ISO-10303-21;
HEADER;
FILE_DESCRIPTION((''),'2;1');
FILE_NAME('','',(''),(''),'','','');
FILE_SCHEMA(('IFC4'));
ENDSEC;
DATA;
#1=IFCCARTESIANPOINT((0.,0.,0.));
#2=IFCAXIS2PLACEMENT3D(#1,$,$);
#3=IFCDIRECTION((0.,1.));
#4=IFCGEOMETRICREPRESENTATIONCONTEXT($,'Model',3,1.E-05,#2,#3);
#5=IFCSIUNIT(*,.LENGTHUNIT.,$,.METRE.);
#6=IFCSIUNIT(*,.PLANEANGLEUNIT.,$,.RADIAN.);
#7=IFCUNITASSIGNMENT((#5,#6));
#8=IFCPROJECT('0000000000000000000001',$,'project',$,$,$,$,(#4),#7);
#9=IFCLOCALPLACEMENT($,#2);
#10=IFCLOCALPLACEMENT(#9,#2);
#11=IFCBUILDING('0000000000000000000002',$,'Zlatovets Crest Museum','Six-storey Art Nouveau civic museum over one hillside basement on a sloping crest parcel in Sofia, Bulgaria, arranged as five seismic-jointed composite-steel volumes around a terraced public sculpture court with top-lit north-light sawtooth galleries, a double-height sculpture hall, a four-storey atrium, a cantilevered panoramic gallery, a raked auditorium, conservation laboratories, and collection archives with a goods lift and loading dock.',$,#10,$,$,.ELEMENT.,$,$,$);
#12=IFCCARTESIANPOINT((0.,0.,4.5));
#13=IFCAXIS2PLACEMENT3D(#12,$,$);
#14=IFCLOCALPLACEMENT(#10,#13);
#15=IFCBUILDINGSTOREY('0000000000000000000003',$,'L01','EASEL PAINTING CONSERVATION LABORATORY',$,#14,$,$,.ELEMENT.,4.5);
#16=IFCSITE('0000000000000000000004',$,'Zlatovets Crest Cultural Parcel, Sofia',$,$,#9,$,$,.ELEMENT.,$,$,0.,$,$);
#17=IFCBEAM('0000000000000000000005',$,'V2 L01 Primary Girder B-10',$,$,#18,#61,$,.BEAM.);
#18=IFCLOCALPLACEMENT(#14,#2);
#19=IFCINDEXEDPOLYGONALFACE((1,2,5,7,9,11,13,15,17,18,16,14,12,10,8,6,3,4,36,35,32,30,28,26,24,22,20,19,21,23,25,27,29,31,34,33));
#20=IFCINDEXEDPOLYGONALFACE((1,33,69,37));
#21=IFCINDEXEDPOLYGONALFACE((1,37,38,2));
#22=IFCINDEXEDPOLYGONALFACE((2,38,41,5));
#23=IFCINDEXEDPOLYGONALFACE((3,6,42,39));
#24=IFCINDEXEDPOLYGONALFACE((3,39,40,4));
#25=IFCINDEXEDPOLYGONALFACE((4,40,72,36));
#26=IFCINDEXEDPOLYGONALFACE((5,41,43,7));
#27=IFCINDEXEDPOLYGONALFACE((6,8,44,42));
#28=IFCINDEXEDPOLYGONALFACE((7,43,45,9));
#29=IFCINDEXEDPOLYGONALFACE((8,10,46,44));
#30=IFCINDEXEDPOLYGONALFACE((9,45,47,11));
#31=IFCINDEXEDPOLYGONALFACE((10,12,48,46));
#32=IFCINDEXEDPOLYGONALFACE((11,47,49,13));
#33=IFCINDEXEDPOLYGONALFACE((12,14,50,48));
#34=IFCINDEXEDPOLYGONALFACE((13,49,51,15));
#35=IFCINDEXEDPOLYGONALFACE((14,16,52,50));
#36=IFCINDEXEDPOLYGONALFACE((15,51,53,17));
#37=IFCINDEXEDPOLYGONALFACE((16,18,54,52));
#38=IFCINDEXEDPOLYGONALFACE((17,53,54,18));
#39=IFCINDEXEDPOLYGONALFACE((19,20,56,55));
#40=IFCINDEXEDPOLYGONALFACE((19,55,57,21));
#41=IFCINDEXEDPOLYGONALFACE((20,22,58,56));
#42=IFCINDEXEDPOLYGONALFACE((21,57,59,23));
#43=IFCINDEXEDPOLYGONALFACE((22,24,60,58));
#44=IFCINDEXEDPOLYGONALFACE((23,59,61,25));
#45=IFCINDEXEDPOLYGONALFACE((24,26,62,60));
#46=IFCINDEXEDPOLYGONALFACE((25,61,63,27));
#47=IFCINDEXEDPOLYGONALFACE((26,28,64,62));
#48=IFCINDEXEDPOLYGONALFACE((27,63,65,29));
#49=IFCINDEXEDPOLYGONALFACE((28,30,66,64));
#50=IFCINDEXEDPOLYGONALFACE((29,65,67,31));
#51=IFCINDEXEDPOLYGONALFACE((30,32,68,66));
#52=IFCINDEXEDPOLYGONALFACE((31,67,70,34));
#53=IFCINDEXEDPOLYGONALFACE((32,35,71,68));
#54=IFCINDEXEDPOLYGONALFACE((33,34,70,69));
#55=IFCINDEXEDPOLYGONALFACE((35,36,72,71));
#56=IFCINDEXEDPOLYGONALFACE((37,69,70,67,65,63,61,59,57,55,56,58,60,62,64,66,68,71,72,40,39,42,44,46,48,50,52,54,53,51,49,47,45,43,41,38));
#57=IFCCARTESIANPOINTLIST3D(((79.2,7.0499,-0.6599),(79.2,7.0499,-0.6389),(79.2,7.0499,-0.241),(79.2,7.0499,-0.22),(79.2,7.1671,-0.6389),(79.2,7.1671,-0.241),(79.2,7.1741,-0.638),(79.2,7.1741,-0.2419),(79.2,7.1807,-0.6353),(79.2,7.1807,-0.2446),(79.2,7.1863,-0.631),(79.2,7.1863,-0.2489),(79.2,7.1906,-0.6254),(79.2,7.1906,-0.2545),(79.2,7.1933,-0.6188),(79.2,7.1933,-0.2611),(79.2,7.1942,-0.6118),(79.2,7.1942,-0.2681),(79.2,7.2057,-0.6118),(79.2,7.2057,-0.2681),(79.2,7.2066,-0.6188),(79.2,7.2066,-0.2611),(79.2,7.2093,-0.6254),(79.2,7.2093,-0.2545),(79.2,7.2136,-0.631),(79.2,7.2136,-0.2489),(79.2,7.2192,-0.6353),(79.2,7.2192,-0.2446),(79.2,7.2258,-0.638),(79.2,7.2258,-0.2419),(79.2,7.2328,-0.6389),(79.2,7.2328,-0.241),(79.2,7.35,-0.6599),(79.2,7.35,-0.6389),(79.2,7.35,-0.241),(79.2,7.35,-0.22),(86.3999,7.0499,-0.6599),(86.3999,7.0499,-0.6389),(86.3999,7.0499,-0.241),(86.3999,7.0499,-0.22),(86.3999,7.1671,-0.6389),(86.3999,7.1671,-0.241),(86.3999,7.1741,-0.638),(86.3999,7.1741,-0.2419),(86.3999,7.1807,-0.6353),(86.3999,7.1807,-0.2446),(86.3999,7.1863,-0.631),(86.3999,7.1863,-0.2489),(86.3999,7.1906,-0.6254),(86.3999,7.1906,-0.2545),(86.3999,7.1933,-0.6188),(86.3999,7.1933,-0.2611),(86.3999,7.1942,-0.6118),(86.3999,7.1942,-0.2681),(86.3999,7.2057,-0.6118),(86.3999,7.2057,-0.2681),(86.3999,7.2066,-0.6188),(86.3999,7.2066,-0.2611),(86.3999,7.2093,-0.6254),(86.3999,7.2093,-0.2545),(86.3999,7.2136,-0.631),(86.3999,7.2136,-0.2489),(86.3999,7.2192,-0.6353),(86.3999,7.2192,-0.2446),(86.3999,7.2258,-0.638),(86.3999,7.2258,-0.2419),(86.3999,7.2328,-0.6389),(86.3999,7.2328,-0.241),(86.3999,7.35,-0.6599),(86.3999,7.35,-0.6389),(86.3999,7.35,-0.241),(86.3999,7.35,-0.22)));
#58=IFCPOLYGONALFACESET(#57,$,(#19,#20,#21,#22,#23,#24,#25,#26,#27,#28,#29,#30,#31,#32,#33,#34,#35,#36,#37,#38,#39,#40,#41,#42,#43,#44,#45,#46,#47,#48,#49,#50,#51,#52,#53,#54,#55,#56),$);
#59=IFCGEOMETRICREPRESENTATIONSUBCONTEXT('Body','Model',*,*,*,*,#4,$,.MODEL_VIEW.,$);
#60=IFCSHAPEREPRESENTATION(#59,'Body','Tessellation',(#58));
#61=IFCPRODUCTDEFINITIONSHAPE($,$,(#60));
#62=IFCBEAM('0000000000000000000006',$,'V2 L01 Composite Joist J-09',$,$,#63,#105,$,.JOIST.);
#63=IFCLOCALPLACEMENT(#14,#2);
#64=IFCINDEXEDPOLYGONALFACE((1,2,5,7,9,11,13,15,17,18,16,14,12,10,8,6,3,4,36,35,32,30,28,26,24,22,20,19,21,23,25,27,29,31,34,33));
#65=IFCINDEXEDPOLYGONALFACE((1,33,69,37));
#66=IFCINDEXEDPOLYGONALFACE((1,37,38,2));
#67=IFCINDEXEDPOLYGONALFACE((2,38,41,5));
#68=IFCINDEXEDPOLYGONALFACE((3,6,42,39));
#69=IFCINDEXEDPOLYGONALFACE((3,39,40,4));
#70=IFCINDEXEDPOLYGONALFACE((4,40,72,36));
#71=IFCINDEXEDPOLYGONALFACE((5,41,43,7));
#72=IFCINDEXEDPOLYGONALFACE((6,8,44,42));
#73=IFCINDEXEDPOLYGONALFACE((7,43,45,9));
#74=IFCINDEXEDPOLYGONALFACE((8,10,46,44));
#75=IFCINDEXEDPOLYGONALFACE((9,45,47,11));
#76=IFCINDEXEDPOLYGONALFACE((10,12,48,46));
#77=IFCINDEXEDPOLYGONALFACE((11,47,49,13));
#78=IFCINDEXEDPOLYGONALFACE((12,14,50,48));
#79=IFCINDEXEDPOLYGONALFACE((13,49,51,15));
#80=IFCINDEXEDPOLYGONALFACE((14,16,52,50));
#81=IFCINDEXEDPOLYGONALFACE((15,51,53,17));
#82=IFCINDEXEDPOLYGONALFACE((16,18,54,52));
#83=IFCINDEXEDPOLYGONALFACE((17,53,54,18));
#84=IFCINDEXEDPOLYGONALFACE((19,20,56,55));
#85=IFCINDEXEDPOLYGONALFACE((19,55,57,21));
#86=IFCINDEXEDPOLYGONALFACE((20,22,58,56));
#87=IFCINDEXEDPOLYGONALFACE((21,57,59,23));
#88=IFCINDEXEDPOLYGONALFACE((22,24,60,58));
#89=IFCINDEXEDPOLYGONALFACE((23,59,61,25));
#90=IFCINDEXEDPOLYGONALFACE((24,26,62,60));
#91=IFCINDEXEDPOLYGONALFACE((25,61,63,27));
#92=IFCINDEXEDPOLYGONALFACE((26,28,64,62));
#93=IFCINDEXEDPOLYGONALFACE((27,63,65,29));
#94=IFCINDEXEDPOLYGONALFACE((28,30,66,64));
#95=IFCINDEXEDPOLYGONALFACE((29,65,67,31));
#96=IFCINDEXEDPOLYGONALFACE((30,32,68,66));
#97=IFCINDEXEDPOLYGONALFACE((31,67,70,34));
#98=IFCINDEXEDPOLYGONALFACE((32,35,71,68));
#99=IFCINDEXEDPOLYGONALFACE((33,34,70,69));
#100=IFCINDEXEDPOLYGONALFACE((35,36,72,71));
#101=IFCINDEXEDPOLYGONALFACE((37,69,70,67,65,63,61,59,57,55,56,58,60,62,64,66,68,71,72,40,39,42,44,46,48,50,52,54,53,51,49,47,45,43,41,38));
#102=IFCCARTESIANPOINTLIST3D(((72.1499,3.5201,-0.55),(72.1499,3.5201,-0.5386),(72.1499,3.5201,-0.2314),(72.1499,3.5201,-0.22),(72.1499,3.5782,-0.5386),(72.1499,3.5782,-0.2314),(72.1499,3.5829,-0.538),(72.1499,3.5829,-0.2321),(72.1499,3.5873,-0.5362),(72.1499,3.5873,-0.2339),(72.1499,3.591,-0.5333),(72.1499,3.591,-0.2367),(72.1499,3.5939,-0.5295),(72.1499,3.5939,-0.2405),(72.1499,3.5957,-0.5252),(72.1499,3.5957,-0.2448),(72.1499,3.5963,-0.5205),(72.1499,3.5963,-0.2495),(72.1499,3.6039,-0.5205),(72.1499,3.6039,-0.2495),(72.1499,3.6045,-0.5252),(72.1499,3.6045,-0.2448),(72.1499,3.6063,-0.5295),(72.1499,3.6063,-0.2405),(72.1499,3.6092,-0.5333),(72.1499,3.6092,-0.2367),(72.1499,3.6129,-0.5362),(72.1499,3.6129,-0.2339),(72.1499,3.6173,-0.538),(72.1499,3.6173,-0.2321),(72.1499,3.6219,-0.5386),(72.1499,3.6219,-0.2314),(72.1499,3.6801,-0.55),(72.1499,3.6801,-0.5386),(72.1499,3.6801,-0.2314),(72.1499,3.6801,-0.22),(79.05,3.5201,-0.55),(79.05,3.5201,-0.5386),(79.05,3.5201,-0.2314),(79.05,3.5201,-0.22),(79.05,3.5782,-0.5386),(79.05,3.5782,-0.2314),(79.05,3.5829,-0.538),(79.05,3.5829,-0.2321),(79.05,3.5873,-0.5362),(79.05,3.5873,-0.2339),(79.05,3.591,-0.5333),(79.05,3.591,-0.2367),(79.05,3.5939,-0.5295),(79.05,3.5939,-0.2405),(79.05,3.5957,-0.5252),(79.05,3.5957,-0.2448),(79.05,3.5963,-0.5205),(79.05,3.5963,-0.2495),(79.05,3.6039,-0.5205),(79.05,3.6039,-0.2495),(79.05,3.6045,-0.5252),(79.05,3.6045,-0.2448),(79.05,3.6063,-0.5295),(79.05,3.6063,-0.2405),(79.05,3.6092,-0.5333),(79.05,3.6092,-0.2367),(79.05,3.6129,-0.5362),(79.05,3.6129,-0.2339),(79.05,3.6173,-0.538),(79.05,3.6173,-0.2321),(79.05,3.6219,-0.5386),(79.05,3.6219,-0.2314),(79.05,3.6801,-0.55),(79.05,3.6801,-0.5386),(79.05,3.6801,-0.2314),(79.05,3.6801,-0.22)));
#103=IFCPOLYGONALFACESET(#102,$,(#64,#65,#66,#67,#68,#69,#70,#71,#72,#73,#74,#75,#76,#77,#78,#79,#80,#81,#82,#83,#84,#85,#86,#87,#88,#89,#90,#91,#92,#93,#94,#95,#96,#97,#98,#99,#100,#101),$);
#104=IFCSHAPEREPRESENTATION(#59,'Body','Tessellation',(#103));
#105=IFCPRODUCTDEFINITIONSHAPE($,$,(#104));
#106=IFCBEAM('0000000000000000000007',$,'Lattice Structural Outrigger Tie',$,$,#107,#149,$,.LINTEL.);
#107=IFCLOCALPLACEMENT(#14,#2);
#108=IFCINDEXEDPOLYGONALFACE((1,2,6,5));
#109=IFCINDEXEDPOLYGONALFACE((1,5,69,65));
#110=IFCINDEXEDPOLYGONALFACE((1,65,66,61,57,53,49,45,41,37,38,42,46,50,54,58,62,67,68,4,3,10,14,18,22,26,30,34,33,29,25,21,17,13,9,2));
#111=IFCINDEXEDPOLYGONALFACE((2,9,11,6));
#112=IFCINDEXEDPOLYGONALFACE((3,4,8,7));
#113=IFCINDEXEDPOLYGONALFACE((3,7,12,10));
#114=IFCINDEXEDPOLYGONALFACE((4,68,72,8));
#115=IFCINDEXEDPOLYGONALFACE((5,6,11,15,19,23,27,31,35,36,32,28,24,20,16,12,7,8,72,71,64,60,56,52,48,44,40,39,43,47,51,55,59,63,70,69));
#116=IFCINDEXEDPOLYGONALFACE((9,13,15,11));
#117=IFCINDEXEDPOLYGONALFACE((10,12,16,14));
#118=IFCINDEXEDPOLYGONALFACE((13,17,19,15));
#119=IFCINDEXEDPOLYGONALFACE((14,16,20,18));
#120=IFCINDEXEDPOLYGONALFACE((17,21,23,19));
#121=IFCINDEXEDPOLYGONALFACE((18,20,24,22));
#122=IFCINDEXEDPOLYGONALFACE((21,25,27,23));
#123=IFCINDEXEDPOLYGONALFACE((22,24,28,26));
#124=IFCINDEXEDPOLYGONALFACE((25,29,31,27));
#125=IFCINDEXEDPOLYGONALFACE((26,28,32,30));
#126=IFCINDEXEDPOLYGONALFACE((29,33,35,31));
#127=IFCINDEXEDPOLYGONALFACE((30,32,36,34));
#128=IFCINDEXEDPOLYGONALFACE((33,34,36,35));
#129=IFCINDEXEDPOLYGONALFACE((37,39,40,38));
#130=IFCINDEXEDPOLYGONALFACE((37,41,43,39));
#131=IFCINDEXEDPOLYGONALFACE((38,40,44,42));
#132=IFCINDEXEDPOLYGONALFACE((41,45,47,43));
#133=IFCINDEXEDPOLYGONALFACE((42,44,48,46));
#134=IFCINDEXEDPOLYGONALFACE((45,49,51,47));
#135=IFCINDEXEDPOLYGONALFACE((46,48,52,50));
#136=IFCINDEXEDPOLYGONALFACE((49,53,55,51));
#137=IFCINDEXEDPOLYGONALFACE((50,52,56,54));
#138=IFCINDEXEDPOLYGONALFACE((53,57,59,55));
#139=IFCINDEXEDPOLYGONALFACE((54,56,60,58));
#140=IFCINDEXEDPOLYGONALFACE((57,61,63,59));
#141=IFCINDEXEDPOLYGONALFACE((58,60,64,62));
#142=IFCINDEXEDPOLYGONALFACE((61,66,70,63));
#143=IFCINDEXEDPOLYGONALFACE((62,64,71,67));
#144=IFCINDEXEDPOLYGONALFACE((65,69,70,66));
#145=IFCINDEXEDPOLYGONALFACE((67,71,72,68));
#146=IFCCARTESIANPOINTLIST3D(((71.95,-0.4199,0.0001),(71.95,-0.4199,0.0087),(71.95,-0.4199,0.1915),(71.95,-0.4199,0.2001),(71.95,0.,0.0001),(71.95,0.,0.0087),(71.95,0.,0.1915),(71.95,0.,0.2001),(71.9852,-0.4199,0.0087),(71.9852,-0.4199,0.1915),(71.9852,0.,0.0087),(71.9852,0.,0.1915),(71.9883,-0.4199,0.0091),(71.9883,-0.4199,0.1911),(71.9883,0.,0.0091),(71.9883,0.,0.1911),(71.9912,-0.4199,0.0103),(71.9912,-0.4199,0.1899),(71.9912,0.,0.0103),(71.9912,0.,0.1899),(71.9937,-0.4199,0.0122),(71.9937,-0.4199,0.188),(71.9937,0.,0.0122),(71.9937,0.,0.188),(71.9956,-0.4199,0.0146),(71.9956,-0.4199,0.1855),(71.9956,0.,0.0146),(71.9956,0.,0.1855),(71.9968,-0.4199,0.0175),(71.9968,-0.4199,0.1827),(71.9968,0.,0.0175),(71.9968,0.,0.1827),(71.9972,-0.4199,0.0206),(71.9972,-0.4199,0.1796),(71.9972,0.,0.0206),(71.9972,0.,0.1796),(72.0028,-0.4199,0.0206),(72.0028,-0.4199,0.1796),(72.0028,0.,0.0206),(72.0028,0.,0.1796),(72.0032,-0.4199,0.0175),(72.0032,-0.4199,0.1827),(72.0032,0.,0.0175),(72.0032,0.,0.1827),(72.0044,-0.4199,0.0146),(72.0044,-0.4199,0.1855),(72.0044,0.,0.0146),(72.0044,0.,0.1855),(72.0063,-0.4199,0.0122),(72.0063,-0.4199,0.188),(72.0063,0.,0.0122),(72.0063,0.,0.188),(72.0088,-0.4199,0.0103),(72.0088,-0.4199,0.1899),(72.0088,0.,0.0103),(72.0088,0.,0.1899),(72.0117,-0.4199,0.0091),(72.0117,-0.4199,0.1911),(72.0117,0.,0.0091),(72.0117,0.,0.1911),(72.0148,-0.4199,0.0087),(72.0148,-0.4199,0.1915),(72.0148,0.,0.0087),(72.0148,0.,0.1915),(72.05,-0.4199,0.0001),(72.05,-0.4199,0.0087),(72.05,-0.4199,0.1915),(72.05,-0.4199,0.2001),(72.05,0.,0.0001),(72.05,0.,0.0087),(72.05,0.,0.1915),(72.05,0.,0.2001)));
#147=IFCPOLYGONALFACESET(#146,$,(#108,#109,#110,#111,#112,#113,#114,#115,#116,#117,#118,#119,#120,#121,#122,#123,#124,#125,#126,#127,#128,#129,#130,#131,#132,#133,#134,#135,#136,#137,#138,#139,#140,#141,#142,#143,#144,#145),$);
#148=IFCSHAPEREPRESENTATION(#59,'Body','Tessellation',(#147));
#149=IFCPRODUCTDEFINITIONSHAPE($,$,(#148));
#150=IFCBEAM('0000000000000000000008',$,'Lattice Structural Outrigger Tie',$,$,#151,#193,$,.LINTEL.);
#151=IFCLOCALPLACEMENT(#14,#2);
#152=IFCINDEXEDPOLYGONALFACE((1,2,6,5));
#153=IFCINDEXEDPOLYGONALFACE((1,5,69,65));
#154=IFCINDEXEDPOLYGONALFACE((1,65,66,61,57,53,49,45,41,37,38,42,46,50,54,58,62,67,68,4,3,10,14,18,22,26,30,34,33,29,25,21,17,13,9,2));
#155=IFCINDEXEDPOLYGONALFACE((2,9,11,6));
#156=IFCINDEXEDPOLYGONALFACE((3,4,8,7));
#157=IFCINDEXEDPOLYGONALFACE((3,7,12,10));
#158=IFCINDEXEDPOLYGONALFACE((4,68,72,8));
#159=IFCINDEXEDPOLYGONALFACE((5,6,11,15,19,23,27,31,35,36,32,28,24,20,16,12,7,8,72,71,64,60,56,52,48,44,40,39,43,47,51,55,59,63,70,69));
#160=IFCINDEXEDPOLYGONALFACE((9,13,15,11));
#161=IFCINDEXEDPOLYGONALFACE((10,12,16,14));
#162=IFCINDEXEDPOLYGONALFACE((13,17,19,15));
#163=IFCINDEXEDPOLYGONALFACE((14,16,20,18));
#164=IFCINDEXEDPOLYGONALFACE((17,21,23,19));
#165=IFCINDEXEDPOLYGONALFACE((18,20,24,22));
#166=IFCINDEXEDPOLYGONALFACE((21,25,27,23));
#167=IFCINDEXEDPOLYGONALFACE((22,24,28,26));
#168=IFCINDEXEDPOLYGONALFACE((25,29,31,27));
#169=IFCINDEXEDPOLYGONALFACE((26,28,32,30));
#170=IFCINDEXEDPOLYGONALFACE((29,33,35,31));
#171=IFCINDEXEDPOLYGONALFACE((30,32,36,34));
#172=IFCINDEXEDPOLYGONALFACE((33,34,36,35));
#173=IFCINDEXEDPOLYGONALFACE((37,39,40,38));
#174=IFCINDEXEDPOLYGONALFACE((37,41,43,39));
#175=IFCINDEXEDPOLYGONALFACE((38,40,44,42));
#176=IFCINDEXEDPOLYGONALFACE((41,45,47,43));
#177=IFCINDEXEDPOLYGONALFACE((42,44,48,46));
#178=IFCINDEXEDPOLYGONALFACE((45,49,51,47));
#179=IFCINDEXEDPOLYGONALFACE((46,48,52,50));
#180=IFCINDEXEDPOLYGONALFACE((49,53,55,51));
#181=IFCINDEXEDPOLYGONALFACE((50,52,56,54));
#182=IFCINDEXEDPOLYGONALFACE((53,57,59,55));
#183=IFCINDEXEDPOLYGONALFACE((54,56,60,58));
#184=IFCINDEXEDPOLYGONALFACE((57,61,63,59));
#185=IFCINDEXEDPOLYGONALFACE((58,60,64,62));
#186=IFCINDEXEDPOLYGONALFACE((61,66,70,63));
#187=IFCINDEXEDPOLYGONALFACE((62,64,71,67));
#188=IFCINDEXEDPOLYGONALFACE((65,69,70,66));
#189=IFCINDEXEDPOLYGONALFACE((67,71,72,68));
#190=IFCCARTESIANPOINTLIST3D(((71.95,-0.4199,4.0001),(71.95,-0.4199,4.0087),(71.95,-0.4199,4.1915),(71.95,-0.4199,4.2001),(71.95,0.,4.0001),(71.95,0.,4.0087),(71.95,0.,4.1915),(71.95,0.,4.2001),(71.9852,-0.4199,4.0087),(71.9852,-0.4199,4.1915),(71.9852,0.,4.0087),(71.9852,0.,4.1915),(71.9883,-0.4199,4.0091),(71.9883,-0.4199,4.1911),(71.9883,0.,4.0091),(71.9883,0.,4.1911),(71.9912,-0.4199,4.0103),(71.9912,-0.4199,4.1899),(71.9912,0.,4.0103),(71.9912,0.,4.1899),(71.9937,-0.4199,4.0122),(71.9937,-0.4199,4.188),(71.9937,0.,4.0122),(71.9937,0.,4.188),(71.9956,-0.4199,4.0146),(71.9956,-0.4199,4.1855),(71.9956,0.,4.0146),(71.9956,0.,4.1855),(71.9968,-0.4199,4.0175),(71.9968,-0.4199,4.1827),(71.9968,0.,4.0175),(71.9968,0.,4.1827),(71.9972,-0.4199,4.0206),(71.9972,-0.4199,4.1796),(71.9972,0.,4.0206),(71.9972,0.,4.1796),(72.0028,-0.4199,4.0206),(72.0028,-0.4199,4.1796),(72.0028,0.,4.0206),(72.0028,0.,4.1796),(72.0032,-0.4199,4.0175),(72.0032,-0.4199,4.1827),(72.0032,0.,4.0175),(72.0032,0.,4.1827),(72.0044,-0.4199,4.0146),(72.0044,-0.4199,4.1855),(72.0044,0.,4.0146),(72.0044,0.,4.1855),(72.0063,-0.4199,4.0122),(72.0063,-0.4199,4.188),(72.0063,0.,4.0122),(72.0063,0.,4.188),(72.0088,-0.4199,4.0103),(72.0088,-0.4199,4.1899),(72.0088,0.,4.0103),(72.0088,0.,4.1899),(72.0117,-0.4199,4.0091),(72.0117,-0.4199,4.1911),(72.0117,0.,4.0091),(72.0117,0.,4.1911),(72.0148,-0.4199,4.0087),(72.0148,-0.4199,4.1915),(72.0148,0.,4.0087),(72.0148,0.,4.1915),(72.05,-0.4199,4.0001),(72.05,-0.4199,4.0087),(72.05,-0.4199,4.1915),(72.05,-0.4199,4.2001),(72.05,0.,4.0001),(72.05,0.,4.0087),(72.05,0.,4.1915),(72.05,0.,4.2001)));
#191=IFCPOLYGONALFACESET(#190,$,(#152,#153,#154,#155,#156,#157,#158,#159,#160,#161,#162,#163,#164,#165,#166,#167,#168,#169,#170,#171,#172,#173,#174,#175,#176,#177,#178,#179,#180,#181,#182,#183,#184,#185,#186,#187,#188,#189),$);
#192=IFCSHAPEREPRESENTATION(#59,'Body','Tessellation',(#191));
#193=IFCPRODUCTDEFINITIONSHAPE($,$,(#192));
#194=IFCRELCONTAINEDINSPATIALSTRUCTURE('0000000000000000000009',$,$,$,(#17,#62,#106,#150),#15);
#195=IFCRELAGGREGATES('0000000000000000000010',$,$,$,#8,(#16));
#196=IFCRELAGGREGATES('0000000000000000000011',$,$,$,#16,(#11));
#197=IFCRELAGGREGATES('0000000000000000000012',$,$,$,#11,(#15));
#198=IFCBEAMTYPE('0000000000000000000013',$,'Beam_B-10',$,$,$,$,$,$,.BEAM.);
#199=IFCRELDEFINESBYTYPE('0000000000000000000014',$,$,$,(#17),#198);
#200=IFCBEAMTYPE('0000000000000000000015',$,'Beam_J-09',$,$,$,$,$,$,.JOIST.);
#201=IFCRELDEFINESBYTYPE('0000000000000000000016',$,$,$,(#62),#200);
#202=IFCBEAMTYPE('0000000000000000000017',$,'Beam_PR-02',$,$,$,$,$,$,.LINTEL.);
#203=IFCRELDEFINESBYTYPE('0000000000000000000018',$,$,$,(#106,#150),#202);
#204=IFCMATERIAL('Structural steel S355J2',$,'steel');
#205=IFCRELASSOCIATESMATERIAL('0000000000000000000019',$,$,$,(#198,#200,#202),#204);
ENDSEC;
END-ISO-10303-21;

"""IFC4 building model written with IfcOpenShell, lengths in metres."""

from ifc_helpers import new_model, si_unit, direction, frame, origin, origin_2d, place, context, subcontext, project, spatial, i_section, extrude, material, material_profile, profile_set, type_object, element, save


model = new_model("IFC4")

# Units and contexts
model_context = context("Model", 3, precision=1e-05, world=origin(), true_north=direction((0.0, 1.0)))
body_context = subcontext(model_context, "Body", "Model", "MODEL_VIEW")
ifc_project = project(units=[si_unit("LENGTHUNIT", "METRE"), si_unit("PLANEANGLEUNIT", "RADIAN")], contexts=[model_context])

# Site, building, storey
site_placement = place(None, origin())
site = spatial("IfcSite", under=ifc_project, at=site_placement, Name="Zlatovets Crest Cultural Parcel, Sofia", CompositionType="ELEMENT", RefElevation=0.0)
building_placement = place(site_placement, origin())
building = spatial("IfcBuilding", under=site, at=building_placement, Name="Zlatovets Crest Museum", Description="Six-storey Art Nouveau civic museum over one hillside basement on a sloping crest parcel in Sofia, Bulgaria, arranged as five seismic-jointed composite-steel volumes around a terraced public sculpture court with top-lit north-light sawtooth galleries, a double-height sculpture hall, a four-storey atrium, a cantilevered panoramic gallery, a raked auditorium, conservation laboratories, and collection archives with a goods lift and loading dock.", CompositionType="ELEMENT")
storey_placement = place(building_placement, frame((0.0, 0.0, 4.5)))
storey = spatial("IfcBuildingStorey", under=building, at=storey_placement, Name="L01", Description="EASEL PAINTING CONSERVATION LABORATORY", CompositionType="ELEMENT", Elevation=4.5)

# Shared definitions
ifc_material_1 = material(Name="Structural steel S355J2", Category="steel")

# Beams
ifc_material_profile_1 = material_profile(ifc_material_1, i_section(OverallWidth=0.3, OverallDepth=0.4399, WebThickness=0.0115, FlangeThickness=0.021, FilletRadius=0.0271, at=origin_2d()), Name="HEA 450")
ifc_profile_set_1 = profile_set([ifc_material_profile_1], Name="Structural steel S355J2")
beam_type_1 = type_object("IfcBeamType", Name="Beam_B-10", PredefinedType="BEAM", material=ifc_profile_set_1)
for number, where, z_axis, x_axis, name in (
    (1, (79.2, 7.2, -0.4399), (1.0, 0.0, 0.0), (0.0, 1.0, 0.0), "V2 L01 Primary Girder B-10"),
):
    element("IfcBeam", number, at=place(storey_placement, frame(where, z_axis=z_axis, x_axis=x_axis)), inside=storey, type_object=beam_type_1, Name=name, PredefinedType="BEAM", context=body_context, shape_type="SweptSolid", body=[
        extrude(i_section(OverallWidth=0.3, OverallDepth=0.4399, WebThickness=0.0115, FlangeThickness=0.021, FilletRadius=0.0271, at=origin_2d()), origin(), (0.0, 0.0, 1.0), 7.2),
    ])
ifc_material_profile_2 = material_profile(ifc_material_1, i_section(OverallWidth=0.1599, OverallDepth=0.3301, WebThickness=0.0076, FlangeThickness=0.0115, FilletRadius=0.0181, at=origin_2d()), Name="IPE 330")
ifc_profile_set_2 = profile_set([ifc_material_profile_2], Name="Structural steel S355J2")
beam_type_2 = type_object("IfcBeamType", Name="Beam_J-09", PredefinedType="JOIST", material=ifc_profile_set_2)
beam_1_placement = place(storey_placement, frame((72.1499, 3.6001, -0.385), z_axis=(1.0, 0.0, 0.0), x_axis=(0.0, 1.0, 0.0)))
element("IfcBeam", 2, at=beam_1_placement, inside=storey, type_object=beam_type_2, Name="V2 L01 Composite Joist J-09", PredefinedType="JOIST", context=body_context, shape_type="SweptSolid", body=[
    extrude(i_section(OverallWidth=0.1599, OverallDepth=0.3301, WebThickness=0.0076, FlangeThickness=0.0115, FilletRadius=0.0181, at=origin_2d()), origin(), (0.0, 0.0, 1.0), 6.9001),
])
ifc_material_profile_3 = material_profile(ifc_material_1, i_section(OverallWidth=0.1001, OverallDepth=0.2, WebThickness=0.0056, FlangeThickness=0.0085, FilletRadius=0.012, at=origin_2d()), Name="IPE 200")
ifc_profile_set_3 = profile_set([ifc_material_profile_3], Name="Structural steel S355J2")
beam_type_3 = type_object("IfcBeamType", Name="Beam_PR-02", PredefinedType="LINTEL", material=ifc_profile_set_3)
for number, where, z_axis, x_axis, name in (
    (3, (72.0, 0.0, 0.1001), (0.0, -1.0, 0.0), (1.0, 0.0, 0.0), "Lattice Structural Outrigger Tie"),
    (4, (72.0, 0.0, 4.1001), (0.0, -1.0, 0.0), (1.0, 0.0, 0.0), "Lattice Structural Outrigger Tie"),
):
    element("IfcBeam", number, at=place(storey_placement, frame(where, z_axis=z_axis, x_axis=x_axis)), inside=storey, type_object=beam_type_3, Name=name, PredefinedType="LINTEL", context=body_context, shape_type="SweptSolid", body=[
        extrude(i_section(OverallWidth=0.1001, OverallDepth=0.2, WebThickness=0.0056, FlangeThickness=0.0085, FilletRadius=0.012, at=origin_2d()), origin(), (0.0, 0.0, 1.0), 0.4199),
    ])

save(model, "model.ifc")
